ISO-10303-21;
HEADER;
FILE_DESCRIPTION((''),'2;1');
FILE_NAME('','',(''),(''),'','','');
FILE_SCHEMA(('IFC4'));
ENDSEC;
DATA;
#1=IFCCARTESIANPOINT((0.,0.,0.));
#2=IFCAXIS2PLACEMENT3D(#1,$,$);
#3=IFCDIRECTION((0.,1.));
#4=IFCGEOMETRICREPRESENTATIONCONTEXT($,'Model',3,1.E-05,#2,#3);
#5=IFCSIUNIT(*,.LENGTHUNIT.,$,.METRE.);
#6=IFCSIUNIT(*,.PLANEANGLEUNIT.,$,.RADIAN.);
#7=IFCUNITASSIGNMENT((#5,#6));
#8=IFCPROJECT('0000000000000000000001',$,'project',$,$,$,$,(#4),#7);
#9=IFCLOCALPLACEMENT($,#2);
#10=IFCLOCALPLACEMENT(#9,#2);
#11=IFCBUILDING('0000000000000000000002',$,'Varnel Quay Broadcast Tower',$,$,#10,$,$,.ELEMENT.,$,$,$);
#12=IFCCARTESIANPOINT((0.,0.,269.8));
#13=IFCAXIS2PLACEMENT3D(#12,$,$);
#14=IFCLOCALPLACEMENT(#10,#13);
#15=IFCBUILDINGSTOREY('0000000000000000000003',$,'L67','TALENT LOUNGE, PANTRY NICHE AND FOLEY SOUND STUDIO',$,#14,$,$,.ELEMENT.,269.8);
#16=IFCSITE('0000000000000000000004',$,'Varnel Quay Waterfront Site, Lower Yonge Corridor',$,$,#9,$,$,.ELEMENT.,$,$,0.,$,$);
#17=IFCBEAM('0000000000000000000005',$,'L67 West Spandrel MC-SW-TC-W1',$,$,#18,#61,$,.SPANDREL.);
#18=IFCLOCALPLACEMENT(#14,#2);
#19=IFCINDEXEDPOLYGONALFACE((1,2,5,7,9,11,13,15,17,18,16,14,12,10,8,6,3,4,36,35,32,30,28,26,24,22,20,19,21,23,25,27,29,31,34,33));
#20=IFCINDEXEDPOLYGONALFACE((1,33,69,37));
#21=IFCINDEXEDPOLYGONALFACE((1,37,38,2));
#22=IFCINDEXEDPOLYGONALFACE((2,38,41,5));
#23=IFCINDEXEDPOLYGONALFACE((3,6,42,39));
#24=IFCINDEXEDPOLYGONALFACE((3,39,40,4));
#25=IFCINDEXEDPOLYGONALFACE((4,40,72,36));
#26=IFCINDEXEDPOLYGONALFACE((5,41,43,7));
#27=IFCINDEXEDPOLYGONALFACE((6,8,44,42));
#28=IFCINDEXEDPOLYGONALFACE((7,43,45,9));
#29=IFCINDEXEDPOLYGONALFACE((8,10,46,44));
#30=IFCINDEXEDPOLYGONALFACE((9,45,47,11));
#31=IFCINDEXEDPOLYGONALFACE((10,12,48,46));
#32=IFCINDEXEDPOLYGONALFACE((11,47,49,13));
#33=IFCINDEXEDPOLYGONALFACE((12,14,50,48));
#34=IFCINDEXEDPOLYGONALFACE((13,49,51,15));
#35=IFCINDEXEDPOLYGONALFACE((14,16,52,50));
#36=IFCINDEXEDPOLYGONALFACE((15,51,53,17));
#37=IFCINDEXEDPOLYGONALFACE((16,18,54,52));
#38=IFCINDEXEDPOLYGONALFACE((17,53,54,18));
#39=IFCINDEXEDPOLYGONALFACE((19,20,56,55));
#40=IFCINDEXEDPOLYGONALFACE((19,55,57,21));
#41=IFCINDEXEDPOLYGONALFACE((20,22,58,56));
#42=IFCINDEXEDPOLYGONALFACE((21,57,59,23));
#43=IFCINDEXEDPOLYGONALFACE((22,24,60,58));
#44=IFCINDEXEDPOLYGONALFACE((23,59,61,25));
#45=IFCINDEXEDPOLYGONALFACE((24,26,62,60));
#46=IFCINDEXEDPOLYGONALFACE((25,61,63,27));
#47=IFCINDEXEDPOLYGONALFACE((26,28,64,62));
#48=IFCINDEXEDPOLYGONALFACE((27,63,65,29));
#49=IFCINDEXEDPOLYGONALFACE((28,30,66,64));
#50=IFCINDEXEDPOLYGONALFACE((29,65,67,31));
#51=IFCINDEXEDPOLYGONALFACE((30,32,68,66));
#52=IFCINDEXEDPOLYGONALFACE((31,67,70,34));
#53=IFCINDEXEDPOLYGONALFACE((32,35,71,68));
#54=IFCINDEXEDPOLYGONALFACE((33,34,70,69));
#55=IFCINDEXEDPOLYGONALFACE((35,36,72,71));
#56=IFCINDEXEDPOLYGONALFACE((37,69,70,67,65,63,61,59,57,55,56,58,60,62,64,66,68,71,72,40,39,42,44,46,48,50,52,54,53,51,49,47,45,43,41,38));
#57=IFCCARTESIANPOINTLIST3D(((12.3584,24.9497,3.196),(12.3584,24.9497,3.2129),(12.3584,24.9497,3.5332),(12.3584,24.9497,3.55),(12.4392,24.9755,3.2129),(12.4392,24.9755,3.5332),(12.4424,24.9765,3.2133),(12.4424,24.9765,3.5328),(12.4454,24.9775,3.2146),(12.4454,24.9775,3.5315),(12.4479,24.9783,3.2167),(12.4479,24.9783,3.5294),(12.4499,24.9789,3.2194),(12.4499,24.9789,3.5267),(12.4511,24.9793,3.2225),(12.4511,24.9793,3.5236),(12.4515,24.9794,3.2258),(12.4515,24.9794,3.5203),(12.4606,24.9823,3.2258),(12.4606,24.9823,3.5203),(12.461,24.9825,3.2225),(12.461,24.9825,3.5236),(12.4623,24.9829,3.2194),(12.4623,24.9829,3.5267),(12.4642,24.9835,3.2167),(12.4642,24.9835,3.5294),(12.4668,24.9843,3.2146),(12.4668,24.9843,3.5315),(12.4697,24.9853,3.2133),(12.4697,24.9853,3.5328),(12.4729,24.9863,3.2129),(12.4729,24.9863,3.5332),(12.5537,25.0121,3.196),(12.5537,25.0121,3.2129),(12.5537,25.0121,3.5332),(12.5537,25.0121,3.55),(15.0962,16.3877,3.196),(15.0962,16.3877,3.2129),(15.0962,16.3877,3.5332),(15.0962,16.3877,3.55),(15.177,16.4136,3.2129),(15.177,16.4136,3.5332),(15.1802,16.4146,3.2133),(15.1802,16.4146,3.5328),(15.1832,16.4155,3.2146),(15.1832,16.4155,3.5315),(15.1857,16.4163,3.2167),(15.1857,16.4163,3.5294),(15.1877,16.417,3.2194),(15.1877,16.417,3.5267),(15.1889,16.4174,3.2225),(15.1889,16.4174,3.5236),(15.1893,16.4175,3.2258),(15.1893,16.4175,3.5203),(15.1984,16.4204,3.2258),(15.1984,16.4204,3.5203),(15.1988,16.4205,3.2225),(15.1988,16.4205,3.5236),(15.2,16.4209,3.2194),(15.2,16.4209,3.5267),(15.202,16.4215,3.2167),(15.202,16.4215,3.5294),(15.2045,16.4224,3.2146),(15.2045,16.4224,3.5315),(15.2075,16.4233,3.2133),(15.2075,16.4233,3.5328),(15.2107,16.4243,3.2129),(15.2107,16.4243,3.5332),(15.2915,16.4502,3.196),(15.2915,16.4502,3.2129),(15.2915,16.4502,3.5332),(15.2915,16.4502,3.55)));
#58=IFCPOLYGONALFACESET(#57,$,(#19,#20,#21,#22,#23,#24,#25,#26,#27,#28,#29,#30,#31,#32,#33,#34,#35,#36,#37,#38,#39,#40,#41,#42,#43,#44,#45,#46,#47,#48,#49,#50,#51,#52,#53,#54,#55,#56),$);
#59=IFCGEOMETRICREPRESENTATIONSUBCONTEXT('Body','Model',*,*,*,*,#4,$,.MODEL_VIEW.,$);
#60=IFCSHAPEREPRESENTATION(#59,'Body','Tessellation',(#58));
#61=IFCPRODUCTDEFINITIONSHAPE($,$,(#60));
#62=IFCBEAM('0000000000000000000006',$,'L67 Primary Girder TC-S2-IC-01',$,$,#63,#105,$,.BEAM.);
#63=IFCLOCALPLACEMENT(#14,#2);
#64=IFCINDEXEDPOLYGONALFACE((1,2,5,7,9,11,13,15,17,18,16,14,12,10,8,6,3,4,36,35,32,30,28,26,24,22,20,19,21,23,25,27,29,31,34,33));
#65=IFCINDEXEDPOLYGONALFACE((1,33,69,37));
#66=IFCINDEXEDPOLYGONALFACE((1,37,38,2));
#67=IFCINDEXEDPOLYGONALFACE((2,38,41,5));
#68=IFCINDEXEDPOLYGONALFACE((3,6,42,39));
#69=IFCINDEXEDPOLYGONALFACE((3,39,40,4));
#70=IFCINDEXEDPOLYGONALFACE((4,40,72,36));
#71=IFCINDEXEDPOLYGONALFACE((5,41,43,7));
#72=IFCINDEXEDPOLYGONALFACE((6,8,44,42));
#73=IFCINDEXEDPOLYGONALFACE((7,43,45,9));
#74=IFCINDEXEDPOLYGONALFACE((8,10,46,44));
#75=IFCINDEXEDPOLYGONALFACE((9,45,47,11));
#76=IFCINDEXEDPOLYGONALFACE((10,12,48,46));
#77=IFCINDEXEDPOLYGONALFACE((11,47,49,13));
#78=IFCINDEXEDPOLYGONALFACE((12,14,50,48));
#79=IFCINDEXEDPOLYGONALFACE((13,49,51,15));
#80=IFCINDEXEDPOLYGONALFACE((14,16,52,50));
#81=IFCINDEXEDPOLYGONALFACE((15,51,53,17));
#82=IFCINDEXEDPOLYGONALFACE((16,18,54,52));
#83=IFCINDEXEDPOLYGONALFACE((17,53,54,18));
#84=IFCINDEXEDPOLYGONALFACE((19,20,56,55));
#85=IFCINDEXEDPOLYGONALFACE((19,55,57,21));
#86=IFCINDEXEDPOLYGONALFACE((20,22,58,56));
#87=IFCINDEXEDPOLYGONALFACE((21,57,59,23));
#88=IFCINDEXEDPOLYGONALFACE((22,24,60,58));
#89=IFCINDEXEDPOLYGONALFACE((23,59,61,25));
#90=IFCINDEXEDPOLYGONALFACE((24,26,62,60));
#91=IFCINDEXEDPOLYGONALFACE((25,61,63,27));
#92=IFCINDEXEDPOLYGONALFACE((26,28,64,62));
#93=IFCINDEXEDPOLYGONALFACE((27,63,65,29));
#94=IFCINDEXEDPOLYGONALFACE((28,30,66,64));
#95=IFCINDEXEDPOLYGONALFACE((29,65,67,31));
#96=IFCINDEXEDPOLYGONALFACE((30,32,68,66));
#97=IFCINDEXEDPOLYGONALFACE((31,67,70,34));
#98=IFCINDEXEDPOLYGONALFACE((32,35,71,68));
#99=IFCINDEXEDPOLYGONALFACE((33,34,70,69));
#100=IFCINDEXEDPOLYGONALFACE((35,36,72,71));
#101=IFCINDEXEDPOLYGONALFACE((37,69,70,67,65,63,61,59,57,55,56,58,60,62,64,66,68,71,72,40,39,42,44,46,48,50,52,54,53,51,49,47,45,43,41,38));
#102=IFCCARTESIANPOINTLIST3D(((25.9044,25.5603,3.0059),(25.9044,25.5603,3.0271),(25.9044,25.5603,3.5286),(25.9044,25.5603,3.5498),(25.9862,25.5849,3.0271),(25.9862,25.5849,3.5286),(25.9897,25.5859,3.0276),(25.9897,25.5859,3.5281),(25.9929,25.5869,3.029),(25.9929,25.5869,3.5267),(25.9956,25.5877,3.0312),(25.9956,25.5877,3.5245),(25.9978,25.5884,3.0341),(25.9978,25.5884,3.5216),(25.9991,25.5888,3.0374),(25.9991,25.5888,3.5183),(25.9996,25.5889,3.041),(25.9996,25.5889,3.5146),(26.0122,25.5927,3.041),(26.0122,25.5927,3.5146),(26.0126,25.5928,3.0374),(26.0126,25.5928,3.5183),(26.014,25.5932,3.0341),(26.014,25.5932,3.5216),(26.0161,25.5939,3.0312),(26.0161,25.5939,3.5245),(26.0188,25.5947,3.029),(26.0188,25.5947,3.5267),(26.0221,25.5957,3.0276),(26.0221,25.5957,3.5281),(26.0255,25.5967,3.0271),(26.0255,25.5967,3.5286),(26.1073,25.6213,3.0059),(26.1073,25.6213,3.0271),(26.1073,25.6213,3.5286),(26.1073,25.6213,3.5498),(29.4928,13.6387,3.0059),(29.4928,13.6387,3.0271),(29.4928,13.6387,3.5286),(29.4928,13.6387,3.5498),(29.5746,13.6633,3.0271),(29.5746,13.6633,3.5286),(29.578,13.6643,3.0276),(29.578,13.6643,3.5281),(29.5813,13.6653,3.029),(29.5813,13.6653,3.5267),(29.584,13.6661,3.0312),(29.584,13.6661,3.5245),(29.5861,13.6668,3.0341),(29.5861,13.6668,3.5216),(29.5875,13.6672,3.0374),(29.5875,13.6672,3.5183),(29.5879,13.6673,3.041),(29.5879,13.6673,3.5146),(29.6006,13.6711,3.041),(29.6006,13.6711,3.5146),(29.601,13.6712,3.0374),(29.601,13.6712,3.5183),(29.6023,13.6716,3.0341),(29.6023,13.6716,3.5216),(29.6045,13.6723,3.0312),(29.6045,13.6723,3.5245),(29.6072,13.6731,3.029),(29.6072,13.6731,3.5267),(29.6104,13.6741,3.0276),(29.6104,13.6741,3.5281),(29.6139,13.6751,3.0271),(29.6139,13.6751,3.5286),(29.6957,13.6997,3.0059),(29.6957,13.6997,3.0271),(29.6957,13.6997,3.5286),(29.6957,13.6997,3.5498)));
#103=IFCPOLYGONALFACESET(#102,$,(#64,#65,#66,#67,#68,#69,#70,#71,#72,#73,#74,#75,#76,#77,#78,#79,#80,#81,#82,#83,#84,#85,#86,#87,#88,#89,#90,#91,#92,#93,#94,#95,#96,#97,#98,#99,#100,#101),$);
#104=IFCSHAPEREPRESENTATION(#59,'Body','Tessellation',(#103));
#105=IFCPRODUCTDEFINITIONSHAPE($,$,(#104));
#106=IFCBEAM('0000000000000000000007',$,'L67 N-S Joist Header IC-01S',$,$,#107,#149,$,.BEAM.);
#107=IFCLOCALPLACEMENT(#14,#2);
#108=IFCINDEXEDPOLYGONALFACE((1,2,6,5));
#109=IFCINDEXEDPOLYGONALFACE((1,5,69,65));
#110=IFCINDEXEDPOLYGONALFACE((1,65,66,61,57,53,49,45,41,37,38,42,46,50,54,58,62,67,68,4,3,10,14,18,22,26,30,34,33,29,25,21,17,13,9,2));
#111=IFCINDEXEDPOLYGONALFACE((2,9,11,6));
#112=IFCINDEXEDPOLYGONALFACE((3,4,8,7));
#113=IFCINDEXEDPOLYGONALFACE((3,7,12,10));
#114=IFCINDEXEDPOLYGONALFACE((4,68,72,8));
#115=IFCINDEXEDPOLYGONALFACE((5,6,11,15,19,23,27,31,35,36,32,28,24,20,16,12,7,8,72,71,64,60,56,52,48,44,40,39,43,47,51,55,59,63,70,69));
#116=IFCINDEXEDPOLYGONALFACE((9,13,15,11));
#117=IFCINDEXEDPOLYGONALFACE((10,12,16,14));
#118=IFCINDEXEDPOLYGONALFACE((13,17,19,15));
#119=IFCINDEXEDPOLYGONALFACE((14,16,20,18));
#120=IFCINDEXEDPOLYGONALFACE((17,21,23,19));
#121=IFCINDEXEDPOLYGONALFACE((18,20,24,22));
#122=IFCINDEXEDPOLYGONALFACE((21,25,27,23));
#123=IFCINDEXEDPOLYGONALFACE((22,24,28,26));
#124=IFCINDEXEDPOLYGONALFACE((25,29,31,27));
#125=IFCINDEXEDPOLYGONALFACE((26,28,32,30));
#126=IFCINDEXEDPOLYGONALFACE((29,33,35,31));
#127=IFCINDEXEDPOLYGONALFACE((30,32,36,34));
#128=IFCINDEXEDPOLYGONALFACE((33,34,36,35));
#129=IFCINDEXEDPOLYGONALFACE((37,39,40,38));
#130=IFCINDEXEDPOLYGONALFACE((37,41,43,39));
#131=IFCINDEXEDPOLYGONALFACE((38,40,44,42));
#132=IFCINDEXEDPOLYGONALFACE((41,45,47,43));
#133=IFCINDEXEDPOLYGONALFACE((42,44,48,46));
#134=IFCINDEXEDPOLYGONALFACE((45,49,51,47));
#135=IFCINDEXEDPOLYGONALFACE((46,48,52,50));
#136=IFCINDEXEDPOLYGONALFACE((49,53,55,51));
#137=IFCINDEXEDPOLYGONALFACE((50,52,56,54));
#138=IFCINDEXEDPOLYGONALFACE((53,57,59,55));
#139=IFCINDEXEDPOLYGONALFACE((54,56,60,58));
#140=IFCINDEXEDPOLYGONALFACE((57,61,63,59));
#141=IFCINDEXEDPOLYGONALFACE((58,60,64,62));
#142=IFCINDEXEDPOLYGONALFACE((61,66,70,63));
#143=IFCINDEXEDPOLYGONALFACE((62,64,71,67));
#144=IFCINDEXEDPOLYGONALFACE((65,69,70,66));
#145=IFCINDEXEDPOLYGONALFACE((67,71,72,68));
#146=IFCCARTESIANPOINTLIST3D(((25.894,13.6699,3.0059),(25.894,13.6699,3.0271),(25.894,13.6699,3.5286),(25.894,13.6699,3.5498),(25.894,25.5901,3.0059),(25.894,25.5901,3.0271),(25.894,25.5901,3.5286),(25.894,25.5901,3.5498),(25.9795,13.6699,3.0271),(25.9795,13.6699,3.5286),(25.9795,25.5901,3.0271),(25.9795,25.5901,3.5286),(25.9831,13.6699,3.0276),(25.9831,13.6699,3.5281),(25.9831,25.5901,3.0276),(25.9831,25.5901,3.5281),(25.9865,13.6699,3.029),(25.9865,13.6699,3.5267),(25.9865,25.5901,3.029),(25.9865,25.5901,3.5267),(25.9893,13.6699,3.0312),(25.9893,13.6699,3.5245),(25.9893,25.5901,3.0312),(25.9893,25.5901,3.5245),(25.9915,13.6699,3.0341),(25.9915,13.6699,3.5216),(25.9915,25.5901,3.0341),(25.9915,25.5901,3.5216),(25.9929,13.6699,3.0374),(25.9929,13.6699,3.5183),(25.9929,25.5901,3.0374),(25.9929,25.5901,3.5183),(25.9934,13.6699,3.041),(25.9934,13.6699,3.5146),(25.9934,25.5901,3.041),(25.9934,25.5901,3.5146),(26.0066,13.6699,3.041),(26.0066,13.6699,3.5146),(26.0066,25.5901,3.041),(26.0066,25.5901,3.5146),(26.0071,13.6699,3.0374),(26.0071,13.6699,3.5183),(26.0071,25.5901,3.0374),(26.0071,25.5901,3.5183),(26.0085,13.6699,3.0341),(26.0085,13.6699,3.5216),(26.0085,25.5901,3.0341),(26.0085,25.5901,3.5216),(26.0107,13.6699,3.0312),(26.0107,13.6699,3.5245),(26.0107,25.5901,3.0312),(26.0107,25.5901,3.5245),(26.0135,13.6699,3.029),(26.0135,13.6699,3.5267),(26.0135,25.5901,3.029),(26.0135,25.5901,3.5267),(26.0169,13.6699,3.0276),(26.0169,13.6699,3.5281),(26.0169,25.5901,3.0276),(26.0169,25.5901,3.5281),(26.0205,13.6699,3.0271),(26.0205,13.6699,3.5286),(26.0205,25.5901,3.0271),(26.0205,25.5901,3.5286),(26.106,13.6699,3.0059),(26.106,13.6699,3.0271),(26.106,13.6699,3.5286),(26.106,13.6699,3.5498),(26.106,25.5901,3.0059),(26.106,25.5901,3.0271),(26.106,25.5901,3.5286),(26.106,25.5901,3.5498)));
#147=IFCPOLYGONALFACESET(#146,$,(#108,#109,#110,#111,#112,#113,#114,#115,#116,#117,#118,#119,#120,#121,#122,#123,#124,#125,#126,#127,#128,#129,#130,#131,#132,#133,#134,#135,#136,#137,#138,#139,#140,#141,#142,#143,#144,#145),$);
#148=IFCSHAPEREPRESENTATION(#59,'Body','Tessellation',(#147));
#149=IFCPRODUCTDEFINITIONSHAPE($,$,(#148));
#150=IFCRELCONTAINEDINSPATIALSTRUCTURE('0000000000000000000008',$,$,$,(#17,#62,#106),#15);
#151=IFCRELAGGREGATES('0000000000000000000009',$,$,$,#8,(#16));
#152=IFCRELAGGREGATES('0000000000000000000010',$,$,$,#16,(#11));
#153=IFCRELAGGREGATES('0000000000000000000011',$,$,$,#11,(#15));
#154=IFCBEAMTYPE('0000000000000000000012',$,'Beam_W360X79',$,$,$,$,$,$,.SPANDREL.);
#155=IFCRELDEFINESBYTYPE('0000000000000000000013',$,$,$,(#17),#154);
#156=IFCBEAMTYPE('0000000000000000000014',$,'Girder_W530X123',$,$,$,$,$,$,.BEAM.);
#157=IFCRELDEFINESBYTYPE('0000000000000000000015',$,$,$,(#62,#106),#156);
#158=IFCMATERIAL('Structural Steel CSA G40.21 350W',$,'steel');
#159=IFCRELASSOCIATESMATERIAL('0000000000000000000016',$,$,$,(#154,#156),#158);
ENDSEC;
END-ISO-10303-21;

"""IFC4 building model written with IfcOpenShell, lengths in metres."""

from ifc_helpers import new_model, si_unit, direction, frame, origin, origin_2d, place, context, subcontext, project, spatial, i_section, extrude, source, transform, mapped, material, material_profile, profile_set, type_object, type_shapes, element, save


model = new_model("IFC4")

# Units and contexts
model_context = context("Model", 3, precision=1e-05, world=origin(), true_north=direction((0.0, 1.0)))
body_context = subcontext(model_context, "Body", "Model", "MODEL_VIEW")
ifc_project = project(units=[si_unit("LENGTHUNIT", "METRE"), si_unit("PLANEANGLEUNIT", "RADIAN")], contexts=[model_context])

# Site, building, storey
site_placement = place(None, origin())
site = spatial("IfcSite", under=ifc_project, at=site_placement, Name="Varnel Quay Waterfront Site, Lower Yonge Corridor", CompositionType="ELEMENT", RefElevation=0.0)
building_placement = place(site_placement, origin())
building = spatial("IfcBuilding", under=site, at=building_placement, Name="Varnel Quay Broadcast Tower", CompositionType="ELEMENT")
storey_placement = place(building_placement, frame((0.0, 0.0, 269.8)))
storey = spatial("IfcBuildingStorey", under=building, at=storey_placement, Name="L67", Description="TALENT LOUNGE, PANTRY NICHE AND FOLEY SOUND STUDIO", CompositionType="ELEMENT", Elevation=269.8)

# Shared definitions
ifc_material_1 = material(Name="Structural Steel CSA G40.21 350W", Category="steel")

# Beams
ifc_material_profile_1 = material_profile(ifc_material_1, i_section(OverallWidth=0.2051, OverallDepth=0.354, WebThickness=0.0095, FlangeThickness=0.0168, FilletRadius=0.0129, at=origin_2d()), Name="W360X79")
ifc_profile_set_1 = profile_set([ifc_material_profile_1], Name="Structural Steel CSA G40.21 350W")
beam_type_1 = type_object("IfcBeamType", Name="Beam_W360X79", PredefinedType="SPANDREL", material=ifc_profile_set_1)
shared_shape_1 = source(origin(), body_context, "Body", "SweptSolid", [
    extrude(i_section(OverallWidth=0.2051, OverallDepth=0.354, WebThickness=0.0095, FlangeThickness=0.0168, FilletRadius=0.0129, at=origin_2d()), origin(), (0.0, 0.0, 1.0), 8.989),
])
beam_1_placement = place(storey_placement, frame((15.1938, 16.4189, 3.373), z_axis=(-0.304569, 0.95249, 0.0), x_axis=(-0.95249, -0.304569, 0.0)))
element("IfcBeam", 1, at=beam_1_placement, inside=storey, type_object=beam_type_1, Name="L67 West Spandrel MC-SW-TC-W1", PredefinedType="SPANDREL", context=body_context, shape_type="MappedRepresentation", body=[
    mapped(shared_shape_1, transform((0.0, 0.0, 0.0), x_axis=(1.0, 0.0, 0.0), y_axis=(0.0, 1.0, 0.0), z_axis=(0.0, 0.0, 1.0), scale=1.0)),
])
ifc_material_profile_2 = material_profile(ifc_material_1, i_section(OverallWidth=0.2119, OverallDepth=0.5439, WebThickness=0.0132, FlangeThickness=0.0212, FilletRadius=0.0139, at=origin_2d()), Name="W530X123")
ifc_profile_set_2 = profile_set([ifc_material_profile_2], Name="Structural Steel CSA G40.21 350W")
beam_type_2 = type_object("IfcBeamType", Name="Girder_W530X123", PredefinedType="BEAM", material=ifc_profile_set_2)
shared_shape_2 = source(origin(), body_context, "Body", "SweptSolid", [
    extrude(i_section(OverallWidth=0.2119, OverallDepth=0.5439, WebThickness=0.0132, FlangeThickness=0.0212, FilletRadius=0.0139, at=origin_2d()), origin(), (0.0, 0.0, 1.0), 12.45),
])
beam_2_placement = place(storey_placement, frame((29.5942, 13.6692, 3.2778), z_axis=(-0.288224, 0.957563, 0.0), x_axis=(-0.957563, -0.288224, 0.0)))
element("IfcBeam", 2, at=beam_2_placement, inside=storey, type_object=beam_type_2, Name="L67 Primary Girder TC-S2-IC-01", PredefinedType="BEAM", context=body_context, shape_type="MappedRepresentation", body=[
    mapped(shared_shape_2, transform((0.0, 0.0, 0.0), x_axis=(1.0, 0.0, 0.0), y_axis=(0.0, 1.0, 0.0), z_axis=(0.0, 0.0, 1.0), scale=1.0)),
])
shared_shape_3 = source(origin(), body_context, "Body", "SweptSolid", [
    extrude(i_section(OverallWidth=0.2119, OverallDepth=0.5439, WebThickness=0.0132, FlangeThickness=0.0212, FilletRadius=0.0139, at=origin_2d()), origin(), (0.0, 0.0, 1.0), 11.9202),
])
type_shapes(beam_type_2, [shared_shape_2, shared_shape_3])
beam_3_placement = place(storey_placement, frame((26.0, 13.6699, 3.2778), z_axis=(0.0, 1.0, 0.0), x_axis=(-1.0, 0.0, 0.0)))
element("IfcBeam", 3, at=beam_3_placement, inside=storey, type_object=beam_type_2, Name="L67 N-S Joist Header IC-01S", PredefinedType="BEAM", context=body_context, shape_type="MappedRepresentation", body=[
    mapped(shared_shape_3, transform((0.0, 0.0, 0.0), x_axis=(1.0, 0.0, 0.0), y_axis=(0.0, 1.0, 0.0), z_axis=(0.0, 0.0, 1.0), scale=1.0)),
])

save(model, "model.ifc")
